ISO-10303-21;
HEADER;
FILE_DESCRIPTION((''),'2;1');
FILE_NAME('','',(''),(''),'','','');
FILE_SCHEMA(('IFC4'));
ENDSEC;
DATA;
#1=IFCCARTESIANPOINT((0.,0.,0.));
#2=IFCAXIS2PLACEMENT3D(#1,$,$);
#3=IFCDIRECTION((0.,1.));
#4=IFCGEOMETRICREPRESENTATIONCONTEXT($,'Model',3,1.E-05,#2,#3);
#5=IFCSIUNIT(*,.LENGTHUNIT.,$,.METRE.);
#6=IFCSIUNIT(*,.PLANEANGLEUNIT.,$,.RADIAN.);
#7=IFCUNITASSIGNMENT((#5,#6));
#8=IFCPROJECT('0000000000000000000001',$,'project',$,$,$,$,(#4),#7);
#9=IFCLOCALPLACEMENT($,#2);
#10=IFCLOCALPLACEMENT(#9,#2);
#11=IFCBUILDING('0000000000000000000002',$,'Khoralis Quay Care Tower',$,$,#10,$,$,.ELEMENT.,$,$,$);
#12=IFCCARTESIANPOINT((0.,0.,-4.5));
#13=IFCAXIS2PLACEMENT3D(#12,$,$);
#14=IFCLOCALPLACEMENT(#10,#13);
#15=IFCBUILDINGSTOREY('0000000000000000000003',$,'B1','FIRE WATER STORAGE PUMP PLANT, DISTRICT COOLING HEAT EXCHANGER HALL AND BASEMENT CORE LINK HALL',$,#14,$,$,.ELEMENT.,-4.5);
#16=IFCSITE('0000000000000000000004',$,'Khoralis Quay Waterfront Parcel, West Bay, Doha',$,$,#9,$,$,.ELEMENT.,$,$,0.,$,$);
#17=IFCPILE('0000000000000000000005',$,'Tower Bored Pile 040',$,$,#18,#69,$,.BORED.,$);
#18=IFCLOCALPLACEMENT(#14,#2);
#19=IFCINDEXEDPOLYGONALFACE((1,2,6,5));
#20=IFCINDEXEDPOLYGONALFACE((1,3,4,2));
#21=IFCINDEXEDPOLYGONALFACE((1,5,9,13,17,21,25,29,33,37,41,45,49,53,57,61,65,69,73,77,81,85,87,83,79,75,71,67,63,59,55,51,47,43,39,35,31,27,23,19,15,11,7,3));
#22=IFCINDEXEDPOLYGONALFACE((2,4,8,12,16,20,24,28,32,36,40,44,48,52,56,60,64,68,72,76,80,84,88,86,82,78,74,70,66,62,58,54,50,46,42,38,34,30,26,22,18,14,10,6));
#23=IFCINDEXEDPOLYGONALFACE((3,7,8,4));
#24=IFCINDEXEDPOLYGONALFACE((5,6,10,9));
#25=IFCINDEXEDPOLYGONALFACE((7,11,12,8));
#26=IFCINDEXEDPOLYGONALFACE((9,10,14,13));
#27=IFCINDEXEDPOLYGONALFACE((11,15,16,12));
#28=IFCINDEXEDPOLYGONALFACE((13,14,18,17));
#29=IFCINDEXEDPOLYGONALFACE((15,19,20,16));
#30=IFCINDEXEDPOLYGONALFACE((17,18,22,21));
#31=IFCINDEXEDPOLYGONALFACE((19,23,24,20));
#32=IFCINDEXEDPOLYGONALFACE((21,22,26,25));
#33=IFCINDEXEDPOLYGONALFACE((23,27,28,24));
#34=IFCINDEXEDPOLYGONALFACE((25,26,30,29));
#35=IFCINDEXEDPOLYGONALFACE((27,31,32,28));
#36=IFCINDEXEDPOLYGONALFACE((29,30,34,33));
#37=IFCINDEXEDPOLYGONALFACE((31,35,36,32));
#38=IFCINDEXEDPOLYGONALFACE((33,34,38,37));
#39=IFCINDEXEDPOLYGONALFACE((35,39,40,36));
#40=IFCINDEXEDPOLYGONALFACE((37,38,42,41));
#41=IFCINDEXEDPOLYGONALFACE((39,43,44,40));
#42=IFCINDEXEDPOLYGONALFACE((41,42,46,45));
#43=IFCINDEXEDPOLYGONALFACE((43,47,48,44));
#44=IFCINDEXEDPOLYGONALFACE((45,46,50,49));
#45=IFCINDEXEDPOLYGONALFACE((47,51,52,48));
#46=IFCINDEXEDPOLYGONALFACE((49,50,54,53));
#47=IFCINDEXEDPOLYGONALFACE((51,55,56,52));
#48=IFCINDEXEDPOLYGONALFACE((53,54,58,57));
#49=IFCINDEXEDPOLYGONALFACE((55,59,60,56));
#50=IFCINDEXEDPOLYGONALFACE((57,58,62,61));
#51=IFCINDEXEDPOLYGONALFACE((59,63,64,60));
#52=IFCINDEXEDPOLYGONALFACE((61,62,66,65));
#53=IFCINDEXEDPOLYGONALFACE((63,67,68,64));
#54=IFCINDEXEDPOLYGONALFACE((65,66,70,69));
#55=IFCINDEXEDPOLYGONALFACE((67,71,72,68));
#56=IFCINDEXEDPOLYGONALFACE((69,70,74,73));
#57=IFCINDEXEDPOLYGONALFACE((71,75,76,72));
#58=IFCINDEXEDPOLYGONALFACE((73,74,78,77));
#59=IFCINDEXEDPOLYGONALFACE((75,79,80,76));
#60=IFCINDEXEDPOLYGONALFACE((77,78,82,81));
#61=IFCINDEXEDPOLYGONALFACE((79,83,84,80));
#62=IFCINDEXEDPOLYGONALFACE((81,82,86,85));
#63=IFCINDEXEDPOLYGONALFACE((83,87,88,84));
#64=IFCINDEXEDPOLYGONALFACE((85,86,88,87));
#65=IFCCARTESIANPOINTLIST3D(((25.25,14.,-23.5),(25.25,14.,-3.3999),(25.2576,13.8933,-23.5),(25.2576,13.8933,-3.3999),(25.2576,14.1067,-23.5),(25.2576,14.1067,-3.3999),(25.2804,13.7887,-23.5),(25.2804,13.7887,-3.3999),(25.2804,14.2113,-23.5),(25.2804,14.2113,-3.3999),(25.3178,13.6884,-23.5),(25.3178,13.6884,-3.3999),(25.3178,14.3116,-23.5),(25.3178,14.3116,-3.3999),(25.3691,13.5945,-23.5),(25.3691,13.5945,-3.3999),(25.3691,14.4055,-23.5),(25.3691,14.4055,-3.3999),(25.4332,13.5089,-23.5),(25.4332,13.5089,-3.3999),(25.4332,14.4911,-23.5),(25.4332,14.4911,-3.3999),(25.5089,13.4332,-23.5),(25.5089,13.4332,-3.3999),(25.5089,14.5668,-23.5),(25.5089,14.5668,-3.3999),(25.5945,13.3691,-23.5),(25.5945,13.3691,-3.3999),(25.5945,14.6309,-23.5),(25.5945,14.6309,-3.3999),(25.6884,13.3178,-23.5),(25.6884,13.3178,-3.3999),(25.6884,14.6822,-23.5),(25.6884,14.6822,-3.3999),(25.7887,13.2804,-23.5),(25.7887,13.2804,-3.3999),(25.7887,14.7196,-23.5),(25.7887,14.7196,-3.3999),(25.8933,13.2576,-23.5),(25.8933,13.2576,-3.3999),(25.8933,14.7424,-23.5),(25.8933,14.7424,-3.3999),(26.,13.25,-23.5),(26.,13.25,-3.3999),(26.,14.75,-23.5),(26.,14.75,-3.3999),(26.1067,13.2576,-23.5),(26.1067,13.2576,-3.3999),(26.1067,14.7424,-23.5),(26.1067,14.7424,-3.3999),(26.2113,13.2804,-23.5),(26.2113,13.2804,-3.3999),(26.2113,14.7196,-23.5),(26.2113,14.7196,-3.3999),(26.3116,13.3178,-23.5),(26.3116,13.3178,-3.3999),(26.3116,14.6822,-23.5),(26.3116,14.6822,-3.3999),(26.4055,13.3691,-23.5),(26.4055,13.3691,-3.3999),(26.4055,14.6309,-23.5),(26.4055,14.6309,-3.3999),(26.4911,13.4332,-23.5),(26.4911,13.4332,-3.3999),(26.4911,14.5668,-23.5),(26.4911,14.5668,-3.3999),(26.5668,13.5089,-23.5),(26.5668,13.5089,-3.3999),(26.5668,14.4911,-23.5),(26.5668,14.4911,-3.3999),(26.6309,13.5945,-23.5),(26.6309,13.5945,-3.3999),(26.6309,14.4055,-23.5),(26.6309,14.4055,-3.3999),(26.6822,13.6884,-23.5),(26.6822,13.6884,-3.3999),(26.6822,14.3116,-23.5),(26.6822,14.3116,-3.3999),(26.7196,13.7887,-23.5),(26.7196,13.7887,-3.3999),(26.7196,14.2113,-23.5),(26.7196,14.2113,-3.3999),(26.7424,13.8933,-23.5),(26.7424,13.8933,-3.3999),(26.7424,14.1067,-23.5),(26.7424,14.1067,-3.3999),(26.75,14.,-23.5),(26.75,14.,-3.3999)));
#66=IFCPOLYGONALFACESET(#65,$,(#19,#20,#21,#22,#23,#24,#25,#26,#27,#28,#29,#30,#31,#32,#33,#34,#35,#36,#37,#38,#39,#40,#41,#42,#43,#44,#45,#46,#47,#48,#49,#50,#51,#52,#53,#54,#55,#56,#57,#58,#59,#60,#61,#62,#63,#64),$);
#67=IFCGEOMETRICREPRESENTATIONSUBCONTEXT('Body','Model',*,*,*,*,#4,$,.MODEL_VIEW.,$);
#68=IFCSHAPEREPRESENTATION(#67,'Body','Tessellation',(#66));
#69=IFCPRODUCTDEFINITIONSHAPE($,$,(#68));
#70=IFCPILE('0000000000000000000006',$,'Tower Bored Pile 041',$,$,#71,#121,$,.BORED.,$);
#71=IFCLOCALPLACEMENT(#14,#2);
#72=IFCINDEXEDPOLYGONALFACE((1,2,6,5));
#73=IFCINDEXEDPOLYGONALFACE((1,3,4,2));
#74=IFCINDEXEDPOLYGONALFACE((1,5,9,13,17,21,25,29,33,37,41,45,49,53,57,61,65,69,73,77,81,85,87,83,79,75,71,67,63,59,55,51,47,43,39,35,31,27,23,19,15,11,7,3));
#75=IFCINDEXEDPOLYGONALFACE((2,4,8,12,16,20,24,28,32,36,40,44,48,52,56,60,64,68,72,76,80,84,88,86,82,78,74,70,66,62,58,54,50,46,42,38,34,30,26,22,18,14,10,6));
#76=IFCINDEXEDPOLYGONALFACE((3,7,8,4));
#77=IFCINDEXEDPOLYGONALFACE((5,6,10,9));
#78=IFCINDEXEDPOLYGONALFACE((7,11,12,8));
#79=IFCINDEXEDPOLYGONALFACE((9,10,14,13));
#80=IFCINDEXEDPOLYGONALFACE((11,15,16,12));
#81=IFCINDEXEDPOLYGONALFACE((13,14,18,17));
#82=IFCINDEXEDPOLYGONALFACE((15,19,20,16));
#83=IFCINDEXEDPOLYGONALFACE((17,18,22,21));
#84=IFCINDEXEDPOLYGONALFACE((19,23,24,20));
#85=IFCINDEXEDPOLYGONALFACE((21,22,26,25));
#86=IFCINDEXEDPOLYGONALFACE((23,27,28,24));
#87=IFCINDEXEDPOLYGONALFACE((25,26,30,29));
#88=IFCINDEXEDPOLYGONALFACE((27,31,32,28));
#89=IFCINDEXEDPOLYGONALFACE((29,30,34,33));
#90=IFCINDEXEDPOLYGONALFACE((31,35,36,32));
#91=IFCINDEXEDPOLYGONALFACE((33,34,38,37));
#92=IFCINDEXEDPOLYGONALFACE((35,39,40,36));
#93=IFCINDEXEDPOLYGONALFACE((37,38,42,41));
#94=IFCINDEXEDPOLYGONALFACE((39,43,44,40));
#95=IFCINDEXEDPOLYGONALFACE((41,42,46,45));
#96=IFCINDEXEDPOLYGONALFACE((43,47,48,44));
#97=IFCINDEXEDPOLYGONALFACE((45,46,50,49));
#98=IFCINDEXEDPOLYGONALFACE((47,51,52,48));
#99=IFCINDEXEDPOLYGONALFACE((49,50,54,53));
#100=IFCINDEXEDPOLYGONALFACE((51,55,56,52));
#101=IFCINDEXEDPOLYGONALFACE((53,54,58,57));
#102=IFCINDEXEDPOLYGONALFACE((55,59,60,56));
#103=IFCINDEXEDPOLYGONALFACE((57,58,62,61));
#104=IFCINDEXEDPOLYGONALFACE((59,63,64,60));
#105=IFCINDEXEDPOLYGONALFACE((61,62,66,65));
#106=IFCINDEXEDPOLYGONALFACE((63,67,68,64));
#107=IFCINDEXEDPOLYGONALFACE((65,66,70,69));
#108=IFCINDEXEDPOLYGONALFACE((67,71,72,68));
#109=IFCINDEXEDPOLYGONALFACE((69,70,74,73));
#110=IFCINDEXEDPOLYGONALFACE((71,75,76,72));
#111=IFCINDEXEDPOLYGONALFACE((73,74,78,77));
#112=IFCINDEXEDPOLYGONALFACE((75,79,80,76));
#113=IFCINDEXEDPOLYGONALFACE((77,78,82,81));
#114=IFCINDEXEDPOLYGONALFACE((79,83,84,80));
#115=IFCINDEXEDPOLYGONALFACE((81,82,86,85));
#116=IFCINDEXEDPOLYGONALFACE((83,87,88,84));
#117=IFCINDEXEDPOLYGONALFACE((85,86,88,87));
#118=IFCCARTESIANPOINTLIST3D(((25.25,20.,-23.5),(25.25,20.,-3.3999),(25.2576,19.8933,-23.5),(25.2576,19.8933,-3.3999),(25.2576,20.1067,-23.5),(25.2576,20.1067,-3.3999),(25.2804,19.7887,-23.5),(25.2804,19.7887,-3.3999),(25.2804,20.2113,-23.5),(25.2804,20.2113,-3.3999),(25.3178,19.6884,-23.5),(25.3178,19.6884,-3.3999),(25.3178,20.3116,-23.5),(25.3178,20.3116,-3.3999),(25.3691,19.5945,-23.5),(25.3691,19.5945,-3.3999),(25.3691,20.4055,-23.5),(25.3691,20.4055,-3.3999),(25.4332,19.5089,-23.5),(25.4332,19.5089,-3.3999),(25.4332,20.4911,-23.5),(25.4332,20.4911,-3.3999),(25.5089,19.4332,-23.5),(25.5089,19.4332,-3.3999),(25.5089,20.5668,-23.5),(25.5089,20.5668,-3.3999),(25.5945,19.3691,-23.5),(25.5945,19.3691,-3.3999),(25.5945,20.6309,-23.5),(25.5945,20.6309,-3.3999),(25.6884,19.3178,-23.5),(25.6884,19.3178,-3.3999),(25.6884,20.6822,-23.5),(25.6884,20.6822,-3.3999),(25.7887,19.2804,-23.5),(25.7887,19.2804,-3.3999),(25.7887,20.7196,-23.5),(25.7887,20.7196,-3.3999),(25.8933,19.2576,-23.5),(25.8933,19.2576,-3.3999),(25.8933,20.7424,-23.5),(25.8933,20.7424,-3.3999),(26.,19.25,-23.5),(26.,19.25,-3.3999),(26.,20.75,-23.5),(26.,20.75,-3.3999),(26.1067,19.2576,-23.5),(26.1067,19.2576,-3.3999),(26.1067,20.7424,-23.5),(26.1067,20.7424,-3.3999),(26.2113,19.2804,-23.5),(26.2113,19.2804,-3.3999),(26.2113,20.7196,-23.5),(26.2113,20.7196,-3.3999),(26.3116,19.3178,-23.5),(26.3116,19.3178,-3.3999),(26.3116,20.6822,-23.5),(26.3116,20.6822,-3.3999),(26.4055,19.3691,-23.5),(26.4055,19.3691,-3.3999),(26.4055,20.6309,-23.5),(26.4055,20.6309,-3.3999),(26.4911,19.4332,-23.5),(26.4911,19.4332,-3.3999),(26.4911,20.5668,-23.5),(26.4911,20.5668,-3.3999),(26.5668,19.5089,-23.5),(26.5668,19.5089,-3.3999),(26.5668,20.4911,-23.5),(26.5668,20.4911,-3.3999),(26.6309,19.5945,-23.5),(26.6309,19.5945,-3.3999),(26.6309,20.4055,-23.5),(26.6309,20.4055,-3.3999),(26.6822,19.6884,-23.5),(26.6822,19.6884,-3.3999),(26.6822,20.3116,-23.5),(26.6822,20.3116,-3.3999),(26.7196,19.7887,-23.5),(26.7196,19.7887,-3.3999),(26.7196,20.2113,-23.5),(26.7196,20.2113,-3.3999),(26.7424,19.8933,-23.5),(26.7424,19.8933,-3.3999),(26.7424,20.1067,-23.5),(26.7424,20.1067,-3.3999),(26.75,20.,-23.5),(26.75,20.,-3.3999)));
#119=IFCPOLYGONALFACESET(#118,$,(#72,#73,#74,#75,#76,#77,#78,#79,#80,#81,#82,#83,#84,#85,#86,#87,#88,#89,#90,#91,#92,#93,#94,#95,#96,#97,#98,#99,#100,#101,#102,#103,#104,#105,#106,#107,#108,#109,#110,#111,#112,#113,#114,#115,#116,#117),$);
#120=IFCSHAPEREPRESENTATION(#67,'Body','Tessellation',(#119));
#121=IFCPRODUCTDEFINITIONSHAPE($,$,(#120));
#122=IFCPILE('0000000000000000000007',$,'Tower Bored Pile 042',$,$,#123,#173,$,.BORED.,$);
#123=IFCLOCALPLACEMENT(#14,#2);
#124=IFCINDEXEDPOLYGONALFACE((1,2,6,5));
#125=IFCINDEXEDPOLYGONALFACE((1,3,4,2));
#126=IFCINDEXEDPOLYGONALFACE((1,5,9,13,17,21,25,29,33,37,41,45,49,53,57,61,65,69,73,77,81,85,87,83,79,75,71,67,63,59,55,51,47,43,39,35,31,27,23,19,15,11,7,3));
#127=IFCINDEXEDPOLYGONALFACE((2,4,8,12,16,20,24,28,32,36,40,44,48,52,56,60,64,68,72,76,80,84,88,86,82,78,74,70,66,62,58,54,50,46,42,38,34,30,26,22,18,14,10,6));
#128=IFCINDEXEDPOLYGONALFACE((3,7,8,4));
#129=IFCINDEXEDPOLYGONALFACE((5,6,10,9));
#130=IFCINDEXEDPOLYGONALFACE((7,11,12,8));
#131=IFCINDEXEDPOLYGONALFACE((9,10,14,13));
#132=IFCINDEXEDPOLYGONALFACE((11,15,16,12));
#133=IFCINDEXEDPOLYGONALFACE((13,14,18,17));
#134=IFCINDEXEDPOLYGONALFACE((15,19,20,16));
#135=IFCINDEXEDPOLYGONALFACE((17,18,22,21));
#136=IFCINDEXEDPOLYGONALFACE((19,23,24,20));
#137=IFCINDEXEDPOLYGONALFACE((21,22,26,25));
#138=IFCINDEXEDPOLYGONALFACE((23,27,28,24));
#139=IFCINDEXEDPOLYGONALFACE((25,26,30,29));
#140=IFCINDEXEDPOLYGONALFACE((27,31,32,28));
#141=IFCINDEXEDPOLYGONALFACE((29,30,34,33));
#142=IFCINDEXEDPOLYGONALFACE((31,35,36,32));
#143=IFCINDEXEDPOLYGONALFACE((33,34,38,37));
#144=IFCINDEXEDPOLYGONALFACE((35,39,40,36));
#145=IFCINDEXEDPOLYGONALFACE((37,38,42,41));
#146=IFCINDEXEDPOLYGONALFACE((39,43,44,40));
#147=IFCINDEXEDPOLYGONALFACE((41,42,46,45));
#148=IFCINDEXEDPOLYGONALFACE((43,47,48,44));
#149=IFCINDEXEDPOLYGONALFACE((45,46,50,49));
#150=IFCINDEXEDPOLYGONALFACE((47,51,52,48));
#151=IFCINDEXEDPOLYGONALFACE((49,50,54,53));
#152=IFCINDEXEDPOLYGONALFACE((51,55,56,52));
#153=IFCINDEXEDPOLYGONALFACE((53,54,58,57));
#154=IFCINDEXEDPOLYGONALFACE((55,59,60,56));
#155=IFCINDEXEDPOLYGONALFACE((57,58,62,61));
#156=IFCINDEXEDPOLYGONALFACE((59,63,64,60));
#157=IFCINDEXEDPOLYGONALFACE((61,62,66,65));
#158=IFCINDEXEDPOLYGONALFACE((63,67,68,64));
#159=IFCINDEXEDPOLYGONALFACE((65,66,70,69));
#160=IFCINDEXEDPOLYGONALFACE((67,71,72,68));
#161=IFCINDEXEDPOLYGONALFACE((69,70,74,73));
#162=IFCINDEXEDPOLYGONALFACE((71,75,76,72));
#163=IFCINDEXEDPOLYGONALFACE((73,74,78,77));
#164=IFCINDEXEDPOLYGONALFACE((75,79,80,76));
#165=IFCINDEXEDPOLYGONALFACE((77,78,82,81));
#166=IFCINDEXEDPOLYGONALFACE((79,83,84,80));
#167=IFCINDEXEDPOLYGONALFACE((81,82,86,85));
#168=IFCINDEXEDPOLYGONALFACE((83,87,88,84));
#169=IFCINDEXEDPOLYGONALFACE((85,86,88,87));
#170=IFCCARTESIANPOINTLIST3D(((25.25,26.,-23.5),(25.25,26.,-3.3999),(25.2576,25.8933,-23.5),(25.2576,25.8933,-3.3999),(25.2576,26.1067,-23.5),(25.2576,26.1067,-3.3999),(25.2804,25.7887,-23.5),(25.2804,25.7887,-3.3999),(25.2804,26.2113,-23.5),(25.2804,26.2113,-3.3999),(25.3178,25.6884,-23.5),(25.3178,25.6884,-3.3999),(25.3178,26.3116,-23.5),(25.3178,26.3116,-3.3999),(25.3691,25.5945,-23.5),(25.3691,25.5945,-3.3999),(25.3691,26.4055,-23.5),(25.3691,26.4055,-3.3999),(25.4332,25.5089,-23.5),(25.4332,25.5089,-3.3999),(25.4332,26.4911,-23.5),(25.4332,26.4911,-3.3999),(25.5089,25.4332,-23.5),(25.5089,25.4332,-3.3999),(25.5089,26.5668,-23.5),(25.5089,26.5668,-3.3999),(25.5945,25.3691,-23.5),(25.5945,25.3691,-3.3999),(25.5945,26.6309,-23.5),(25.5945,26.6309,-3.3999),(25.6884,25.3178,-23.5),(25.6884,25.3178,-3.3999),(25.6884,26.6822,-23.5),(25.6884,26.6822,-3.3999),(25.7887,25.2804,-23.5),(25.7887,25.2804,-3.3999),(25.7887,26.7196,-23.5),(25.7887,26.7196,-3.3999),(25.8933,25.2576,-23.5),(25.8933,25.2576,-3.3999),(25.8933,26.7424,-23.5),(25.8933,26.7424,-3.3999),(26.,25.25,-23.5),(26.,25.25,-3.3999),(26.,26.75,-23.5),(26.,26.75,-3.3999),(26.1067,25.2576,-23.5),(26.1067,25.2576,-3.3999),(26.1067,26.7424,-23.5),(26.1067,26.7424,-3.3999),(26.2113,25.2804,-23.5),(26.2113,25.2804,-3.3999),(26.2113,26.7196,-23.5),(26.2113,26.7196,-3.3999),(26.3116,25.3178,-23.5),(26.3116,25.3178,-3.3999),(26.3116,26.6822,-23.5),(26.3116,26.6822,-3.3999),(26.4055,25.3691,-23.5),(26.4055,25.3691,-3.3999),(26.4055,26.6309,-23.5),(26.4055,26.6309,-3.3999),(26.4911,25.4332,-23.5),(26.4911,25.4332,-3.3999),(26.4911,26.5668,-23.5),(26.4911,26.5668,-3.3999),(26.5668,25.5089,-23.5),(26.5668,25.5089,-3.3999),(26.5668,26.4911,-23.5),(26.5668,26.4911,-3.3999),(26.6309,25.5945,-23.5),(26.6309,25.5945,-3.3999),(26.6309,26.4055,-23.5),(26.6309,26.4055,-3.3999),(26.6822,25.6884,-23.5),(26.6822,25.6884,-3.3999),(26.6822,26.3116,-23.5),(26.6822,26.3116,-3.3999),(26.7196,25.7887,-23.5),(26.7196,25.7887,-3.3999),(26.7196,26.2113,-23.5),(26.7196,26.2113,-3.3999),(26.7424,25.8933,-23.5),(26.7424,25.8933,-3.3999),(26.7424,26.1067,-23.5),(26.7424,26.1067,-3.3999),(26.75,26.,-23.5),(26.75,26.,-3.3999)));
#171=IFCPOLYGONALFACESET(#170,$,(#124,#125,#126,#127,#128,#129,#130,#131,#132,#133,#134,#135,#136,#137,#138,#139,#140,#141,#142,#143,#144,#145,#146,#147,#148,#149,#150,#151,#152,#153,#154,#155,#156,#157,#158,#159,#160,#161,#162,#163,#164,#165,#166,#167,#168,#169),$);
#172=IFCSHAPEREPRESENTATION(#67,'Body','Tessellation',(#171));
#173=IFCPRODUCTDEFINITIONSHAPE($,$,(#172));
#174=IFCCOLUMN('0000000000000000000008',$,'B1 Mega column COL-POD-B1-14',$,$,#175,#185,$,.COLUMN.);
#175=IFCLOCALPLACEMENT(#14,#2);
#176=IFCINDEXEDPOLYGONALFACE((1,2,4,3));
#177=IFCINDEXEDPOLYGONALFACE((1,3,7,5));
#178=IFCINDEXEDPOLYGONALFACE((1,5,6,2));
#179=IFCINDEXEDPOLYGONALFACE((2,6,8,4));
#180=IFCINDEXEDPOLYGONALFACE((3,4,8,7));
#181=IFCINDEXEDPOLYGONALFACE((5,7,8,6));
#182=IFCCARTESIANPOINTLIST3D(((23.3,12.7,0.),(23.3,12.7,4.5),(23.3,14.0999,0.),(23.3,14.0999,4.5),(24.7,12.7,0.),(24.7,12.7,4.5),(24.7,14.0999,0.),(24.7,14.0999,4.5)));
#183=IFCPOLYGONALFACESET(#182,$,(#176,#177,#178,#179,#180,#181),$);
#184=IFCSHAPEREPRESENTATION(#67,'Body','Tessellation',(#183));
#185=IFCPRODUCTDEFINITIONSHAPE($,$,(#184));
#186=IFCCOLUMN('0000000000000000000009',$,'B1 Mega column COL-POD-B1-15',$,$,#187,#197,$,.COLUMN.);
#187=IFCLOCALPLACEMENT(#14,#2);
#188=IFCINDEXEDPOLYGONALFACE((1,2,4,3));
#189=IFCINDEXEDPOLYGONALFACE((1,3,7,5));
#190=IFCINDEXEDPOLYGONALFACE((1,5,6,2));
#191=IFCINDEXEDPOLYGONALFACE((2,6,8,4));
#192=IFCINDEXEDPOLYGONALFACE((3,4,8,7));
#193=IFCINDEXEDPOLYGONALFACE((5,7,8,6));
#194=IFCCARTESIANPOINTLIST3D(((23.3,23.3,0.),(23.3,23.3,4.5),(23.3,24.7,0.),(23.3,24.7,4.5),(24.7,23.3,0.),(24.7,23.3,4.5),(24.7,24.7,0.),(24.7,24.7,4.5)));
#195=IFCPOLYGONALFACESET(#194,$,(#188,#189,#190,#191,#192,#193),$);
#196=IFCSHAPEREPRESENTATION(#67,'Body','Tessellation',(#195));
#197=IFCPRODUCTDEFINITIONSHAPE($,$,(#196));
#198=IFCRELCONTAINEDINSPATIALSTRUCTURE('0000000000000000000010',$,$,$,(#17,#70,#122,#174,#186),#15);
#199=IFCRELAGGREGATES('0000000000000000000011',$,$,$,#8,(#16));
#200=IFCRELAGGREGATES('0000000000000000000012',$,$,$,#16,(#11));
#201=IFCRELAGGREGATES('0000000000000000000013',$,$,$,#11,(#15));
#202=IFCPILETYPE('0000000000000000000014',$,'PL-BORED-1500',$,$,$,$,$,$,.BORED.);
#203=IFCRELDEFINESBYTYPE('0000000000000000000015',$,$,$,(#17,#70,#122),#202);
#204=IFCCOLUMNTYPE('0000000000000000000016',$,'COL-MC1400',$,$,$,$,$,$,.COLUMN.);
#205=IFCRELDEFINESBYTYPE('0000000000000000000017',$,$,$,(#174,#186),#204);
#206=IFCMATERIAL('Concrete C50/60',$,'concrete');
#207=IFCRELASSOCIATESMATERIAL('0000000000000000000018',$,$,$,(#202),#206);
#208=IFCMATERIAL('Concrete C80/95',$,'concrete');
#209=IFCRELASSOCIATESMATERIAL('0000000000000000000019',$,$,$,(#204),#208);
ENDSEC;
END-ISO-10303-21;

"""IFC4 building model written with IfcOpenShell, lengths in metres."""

from ifc_helpers import new_model, si_unit, direction, frame, origin, origin_2d, place, context, subcontext, project, spatial, rectangle, circle, extrude, source, transform, mapped, material, material_profile, profile_set, type_object, element, save


model = new_model("IFC4")

# Units and contexts
model_context = context("Model", 3, precision=1e-05, world=origin(), true_north=direction((0.0, 1.0)))
body_context = subcontext(model_context, "Body", "Model", "MODEL_VIEW")
ifc_project = project(units=[si_unit("LENGTHUNIT", "METRE"), si_unit("PLANEANGLEUNIT", "RADIAN")], contexts=[model_context])

# Site, building, storey
site_placement = place(None, origin())
site = spatial("IfcSite", under=ifc_project, at=site_placement, Name="Khoralis Quay Waterfront Parcel, West Bay, Doha", CompositionType="ELEMENT", RefElevation=0.0)
building_placement = place(site_placement, origin())
building = spatial("IfcBuilding", under=site, at=building_placement, Name="Khoralis Quay Care Tower", CompositionType="ELEMENT")
storey_placement = place(building_placement, frame((0.0, 0.0, -4.5)))
storey = spatial("IfcBuildingStorey", under=building, at=storey_placement, Name="B1", Description="FIRE WATER STORAGE PUMP PLANT, DISTRICT COOLING HEAT EXCHANGER HALL AND BASEMENT CORE LINK HALL", CompositionType="ELEMENT", Elevation=-4.5)

# Shared definitions
ifc_material_1 = material(Name="Concrete C50/60", Category="concrete")

# Piles
ifc_material_profile_1 = material_profile(ifc_material_1, circle(Radius=0.75, at=origin_2d()), Name="Concrete C50/60")
ifc_profile_set_1 = profile_set([ifc_material_profile_1], Name="Concrete C50/60")
pile_type = type_object("IfcPileType", Name="PL-BORED-1500", PredefinedType="BORED", material=ifc_profile_set_1)
shared_shape_1 = source(origin(), body_context, "Body", "SweptSolid", [
    extrude(circle(Radius=0.75, at=origin_2d()), origin(), (0.0, 0.0, 1.0), 20.1001),
])
for number, where, z_axis, x_axis, name in (
    (1, (26.0, 14.0, -3.3999), (0.0, 0.0, -1.0), (1.0, 0.0, 0.0), "Tower Bored Pile 040"),
    (2, (26.0, 20.0, -3.3999), (0.0, 0.0, -1.0), (1.0, 0.0, 0.0), "Tower Bored Pile 041"),
    (3, (26.0, 26.0, -3.3999), (0.0, 0.0, -1.0), (1.0, 0.0, 0.0), "Tower Bored Pile 042"),
):
    element("IfcPile", number, at=place(storey_placement, frame(where, z_axis=z_axis, x_axis=x_axis)), inside=storey, type_object=pile_type, Name=name, PredefinedType="BORED", context=body_context, shape_type="MappedRepresentation", body=[
        mapped(shared_shape_1, transform((0.0, 0.0, 0.0), scale=1.0)),
    ])

# Columns
ifc_material_2 = material(Name="Concrete C80/95", Category="concrete")
ifc_material_profile_2 = material_profile(ifc_material_2, rectangle(XDim=1.3999, YDim=1.3999, at=origin_2d()), Name="Concrete C80/95")
ifc_profile_set_2 = profile_set([ifc_material_profile_2], Name="Concrete C80/95")
column_type_1 = type_object("IfcColumnType", Name="COL-MC1400", PredefinedType="COLUMN", material=ifc_profile_set_2)
shared_shape_2 = source(origin(), body_context, "Body", "SweptSolid", [
    extrude(rectangle(XDim=1.3999, YDim=1.3999, at=origin_2d()), origin(), (0.0, 0.0, 1.0), 4.5),
])
for number, where, z_axis, x_axis, name in (
    (4, (24.0, 13.3999, 0.0), (0.0, 0.0, 1.0), (1.0, 0.0, 0.0), "B1 Mega column COL-POD-B1-14"),
    (5, (24.0, 24.0, 0.0), (0.0, 0.0, 1.0), (1.0, 0.0, 0.0), "B1 Mega column COL-POD-B1-15"),
):
    element("IfcColumn", number, at=place(storey_placement, frame(where, z_axis=z_axis, x_axis=x_axis)), inside=storey, type_object=column_type_1, Name=name, PredefinedType="COLUMN", context=body_context, shape_type="MappedRepresentation", body=[
        mapped(shared_shape_2, transform((0.0, 0.0, 0.0), scale=1.0)),
    ])

save(model, "model.ifc")
